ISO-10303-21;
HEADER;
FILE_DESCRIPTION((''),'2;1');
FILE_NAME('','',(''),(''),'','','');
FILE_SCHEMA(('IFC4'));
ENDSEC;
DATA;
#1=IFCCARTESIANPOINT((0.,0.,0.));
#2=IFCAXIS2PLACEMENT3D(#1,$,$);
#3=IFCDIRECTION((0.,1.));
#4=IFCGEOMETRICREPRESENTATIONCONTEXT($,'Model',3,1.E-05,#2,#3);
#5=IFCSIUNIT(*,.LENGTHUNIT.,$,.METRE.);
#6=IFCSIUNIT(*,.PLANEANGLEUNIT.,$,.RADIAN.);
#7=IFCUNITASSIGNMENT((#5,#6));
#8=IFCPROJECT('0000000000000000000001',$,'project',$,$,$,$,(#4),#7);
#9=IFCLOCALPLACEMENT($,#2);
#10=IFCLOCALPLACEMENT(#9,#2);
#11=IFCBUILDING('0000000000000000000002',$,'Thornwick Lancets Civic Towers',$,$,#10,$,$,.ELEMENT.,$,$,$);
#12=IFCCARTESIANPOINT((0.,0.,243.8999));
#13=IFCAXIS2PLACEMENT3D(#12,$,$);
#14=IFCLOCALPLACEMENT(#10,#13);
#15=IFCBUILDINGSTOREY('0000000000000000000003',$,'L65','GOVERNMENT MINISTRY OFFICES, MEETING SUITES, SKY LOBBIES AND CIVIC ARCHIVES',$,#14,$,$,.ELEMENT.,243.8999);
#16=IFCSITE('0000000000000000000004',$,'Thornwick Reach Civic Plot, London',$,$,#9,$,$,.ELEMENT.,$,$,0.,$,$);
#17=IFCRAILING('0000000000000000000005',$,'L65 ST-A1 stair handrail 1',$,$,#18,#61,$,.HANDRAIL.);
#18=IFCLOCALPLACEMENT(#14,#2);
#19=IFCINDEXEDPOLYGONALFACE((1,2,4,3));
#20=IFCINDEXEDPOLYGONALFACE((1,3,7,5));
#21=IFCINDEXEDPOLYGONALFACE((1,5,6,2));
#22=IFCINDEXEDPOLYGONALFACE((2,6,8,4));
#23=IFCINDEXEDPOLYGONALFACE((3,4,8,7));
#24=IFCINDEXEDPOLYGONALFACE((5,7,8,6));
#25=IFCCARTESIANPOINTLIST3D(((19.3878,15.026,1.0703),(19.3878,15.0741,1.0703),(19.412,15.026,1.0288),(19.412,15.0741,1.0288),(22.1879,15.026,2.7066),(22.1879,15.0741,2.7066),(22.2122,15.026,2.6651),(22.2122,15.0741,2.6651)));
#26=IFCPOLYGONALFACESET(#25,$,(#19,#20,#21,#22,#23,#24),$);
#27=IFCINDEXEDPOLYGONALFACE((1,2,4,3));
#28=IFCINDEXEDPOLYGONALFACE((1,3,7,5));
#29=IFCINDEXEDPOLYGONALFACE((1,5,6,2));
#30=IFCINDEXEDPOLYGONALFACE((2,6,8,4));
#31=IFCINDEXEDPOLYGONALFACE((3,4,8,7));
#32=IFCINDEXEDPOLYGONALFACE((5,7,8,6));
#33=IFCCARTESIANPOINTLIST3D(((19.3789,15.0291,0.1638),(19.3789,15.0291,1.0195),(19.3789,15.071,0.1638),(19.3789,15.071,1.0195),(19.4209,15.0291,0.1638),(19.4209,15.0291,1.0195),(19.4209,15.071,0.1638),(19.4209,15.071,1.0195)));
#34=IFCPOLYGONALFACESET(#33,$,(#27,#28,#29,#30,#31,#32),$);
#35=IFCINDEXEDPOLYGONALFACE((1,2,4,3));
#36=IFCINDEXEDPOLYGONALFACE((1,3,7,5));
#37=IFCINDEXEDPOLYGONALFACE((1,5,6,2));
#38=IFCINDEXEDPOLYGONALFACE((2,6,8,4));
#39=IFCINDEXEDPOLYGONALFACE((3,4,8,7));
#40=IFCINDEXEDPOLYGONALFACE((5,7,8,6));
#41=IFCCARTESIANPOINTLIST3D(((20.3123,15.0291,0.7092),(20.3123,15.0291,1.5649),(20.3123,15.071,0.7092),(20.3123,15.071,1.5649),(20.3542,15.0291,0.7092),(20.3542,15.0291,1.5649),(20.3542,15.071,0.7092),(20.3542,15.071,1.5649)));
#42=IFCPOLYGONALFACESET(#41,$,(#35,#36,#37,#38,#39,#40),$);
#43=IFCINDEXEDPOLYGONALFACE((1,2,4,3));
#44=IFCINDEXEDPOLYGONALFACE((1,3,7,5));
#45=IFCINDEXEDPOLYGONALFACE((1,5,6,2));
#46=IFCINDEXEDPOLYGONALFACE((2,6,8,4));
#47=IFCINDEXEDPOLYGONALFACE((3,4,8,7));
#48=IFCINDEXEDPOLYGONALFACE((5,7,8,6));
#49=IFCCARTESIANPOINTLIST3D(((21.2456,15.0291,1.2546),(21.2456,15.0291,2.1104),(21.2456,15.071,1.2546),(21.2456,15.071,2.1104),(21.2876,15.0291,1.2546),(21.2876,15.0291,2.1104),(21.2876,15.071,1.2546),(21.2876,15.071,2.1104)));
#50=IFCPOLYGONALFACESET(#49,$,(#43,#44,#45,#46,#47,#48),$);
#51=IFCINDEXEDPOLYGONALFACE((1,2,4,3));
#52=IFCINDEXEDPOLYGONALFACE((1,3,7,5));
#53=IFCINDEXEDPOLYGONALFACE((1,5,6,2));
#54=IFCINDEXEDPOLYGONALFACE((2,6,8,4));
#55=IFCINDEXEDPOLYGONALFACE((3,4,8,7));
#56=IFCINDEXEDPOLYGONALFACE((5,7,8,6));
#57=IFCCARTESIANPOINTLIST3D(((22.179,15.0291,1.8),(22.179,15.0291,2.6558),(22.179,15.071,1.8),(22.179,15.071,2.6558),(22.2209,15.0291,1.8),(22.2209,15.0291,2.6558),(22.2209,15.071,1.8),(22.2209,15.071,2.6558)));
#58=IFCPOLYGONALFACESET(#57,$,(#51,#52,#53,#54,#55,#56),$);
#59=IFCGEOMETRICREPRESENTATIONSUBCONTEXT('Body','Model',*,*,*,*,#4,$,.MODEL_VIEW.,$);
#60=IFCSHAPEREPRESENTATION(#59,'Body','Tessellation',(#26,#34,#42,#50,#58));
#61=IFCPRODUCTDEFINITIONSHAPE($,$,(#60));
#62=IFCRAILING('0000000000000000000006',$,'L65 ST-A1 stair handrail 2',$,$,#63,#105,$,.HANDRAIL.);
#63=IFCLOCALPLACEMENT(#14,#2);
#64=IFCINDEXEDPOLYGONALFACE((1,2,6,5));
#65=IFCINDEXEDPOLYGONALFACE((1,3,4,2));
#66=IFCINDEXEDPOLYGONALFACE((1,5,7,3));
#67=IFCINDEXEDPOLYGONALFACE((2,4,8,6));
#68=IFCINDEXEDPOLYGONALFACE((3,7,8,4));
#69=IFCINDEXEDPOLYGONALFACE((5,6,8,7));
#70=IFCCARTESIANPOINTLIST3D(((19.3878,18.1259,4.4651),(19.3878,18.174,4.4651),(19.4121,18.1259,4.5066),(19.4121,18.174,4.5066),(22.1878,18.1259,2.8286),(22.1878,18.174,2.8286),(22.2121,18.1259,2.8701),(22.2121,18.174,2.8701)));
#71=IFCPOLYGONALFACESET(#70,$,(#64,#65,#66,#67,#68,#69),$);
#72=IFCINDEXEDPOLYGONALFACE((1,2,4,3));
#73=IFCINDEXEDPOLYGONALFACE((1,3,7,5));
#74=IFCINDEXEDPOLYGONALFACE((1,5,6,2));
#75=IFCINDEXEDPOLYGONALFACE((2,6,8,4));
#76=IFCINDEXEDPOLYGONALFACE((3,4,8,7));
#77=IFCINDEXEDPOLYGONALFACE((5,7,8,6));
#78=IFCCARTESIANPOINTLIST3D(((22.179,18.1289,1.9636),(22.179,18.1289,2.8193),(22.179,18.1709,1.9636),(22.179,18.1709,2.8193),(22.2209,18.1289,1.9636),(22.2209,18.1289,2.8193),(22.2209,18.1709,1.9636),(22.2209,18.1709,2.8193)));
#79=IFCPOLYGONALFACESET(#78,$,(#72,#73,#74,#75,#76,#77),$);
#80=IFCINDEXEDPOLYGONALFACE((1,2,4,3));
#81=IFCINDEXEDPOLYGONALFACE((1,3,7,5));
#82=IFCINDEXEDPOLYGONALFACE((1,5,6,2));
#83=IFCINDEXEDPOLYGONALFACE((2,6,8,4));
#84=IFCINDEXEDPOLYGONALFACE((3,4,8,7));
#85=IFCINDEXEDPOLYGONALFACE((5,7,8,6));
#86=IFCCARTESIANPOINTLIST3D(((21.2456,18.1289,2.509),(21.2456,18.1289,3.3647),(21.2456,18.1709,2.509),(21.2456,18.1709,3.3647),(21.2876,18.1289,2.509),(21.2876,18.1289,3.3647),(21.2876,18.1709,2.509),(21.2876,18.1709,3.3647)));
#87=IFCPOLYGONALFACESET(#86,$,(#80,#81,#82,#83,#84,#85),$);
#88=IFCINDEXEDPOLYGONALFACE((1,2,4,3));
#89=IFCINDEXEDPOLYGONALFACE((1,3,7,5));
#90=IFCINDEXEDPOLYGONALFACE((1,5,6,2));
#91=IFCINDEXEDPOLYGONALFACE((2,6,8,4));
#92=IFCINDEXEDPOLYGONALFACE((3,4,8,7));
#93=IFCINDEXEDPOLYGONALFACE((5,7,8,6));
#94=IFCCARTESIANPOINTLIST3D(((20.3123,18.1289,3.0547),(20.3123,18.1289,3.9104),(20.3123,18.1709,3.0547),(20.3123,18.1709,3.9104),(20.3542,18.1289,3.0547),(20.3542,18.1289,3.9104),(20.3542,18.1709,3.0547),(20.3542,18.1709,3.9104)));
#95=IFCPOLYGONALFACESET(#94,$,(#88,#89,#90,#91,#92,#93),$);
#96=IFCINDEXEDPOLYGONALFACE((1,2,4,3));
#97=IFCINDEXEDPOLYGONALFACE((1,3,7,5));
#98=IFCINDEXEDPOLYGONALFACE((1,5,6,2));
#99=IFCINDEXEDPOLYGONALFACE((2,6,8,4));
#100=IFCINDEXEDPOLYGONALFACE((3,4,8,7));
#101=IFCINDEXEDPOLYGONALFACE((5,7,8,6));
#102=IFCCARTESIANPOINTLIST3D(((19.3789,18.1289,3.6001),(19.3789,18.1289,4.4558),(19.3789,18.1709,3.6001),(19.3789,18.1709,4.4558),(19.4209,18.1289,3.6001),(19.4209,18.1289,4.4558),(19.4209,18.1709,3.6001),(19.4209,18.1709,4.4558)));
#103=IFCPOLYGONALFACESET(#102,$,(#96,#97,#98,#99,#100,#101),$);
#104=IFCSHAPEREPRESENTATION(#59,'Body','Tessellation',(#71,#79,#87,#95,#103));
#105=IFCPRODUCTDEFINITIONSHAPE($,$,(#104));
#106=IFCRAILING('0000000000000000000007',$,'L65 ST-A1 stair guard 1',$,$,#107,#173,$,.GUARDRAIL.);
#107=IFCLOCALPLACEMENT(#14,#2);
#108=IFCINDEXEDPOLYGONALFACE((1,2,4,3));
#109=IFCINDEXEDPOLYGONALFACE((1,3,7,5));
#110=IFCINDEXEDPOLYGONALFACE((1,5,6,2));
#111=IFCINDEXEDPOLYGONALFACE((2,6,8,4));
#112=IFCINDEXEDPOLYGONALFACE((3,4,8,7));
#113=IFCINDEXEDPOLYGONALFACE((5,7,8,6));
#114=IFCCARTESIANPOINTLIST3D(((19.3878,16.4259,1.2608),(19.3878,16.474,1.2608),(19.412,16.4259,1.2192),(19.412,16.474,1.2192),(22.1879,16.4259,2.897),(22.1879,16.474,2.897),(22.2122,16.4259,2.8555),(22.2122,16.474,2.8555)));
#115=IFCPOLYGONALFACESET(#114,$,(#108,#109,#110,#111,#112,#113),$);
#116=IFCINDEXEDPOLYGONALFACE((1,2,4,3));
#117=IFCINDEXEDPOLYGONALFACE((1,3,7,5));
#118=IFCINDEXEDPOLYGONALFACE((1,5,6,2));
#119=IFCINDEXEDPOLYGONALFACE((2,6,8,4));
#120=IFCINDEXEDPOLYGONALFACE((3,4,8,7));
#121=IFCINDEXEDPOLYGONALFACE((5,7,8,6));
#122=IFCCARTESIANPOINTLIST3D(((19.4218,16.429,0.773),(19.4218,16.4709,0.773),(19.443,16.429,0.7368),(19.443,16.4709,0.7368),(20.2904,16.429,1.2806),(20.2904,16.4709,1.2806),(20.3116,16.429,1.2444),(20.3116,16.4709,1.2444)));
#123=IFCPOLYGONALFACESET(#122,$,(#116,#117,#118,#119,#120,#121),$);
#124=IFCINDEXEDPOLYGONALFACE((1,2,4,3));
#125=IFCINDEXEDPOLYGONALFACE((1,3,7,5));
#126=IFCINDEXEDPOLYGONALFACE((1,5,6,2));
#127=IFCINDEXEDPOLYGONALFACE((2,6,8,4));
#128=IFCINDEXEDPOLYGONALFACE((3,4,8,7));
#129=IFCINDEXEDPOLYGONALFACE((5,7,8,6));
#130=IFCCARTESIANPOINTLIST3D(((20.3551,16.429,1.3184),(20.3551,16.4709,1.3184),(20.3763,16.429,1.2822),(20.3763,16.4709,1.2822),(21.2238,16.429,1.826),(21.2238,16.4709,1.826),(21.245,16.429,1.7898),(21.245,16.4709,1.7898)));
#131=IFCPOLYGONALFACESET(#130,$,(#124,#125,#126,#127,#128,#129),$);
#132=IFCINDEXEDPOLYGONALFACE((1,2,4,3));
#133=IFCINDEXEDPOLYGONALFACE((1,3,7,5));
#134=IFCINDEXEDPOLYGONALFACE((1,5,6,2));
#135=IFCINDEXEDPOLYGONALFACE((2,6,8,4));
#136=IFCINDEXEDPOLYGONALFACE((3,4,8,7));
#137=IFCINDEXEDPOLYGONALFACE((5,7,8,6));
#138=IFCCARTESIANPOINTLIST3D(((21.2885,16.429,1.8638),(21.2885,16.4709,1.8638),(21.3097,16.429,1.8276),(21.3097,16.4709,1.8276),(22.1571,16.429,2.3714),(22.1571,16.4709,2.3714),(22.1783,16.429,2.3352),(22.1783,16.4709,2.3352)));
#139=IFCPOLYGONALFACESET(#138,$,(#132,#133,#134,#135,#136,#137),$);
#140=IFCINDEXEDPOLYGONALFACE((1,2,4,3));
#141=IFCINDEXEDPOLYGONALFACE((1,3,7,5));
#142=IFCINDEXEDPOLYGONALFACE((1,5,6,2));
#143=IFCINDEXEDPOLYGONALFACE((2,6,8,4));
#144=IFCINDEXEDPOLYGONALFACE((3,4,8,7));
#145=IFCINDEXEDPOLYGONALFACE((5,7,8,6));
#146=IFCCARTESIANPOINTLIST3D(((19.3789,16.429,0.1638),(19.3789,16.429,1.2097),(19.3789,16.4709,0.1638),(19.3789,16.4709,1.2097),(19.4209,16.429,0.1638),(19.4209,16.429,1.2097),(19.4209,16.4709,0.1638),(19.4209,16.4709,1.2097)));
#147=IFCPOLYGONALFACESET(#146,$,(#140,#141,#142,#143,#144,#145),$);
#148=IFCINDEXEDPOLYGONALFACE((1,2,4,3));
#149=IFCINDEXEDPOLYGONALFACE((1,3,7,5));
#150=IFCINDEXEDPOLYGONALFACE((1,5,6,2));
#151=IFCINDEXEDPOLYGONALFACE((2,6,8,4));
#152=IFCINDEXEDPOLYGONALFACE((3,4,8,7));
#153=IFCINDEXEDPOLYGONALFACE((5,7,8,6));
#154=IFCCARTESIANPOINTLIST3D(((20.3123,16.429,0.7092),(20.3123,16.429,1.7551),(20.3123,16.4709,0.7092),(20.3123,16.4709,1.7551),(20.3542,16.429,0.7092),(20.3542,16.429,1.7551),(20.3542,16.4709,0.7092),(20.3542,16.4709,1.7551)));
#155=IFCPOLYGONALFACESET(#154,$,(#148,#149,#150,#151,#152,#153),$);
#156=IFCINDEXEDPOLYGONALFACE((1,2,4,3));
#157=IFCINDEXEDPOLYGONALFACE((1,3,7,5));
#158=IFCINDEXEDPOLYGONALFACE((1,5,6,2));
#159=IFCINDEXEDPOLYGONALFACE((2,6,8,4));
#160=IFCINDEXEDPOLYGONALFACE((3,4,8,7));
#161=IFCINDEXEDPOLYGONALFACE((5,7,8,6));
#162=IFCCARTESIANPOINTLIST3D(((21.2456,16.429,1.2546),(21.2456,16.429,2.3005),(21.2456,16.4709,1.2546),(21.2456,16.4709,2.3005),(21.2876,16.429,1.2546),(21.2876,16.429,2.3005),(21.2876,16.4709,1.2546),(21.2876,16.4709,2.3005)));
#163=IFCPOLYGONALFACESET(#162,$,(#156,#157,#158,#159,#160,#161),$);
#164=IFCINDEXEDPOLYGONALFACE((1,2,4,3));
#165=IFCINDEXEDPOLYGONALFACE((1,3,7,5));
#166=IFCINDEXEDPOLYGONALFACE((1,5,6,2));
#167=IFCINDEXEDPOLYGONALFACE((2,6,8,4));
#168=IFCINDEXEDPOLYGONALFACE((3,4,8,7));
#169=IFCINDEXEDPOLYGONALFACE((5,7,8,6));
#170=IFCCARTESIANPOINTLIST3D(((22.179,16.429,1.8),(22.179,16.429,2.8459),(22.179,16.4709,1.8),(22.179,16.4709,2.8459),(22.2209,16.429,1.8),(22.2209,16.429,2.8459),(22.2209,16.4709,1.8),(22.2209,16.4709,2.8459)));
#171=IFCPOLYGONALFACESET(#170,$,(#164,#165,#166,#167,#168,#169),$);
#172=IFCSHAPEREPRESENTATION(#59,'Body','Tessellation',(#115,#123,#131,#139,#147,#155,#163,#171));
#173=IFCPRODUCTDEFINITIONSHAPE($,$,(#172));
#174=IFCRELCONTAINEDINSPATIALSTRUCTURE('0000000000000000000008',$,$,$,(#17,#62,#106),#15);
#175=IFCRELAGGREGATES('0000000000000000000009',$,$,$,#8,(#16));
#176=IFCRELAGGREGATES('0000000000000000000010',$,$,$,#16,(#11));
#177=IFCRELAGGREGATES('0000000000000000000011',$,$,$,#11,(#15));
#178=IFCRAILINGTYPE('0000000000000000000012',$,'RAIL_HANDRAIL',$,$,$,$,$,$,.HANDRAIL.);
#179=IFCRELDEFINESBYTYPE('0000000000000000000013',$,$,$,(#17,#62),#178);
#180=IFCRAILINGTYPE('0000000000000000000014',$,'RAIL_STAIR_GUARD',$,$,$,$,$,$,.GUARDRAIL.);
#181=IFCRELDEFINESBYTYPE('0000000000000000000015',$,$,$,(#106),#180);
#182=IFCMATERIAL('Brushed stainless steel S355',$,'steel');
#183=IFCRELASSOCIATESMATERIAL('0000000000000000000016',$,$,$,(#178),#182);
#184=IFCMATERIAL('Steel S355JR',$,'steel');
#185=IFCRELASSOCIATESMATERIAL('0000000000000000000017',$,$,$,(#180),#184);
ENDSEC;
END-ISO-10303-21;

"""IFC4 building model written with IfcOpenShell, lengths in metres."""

from ifc_helpers import new_model, si_unit, direction, frame, origin, origin_2d, place, context, subcontext, project, spatial, rectangle, extrude, material, type_object, element, save


model = new_model("IFC4")

# Units and contexts
model_context = context("Model", 3, precision=1e-05, world=origin(), true_north=direction((0.0, 1.0)))
body_context = subcontext(model_context, "Body", "Model", "MODEL_VIEW")
ifc_project = project(units=[si_unit("LENGTHUNIT", "METRE"), si_unit("PLANEANGLEUNIT", "RADIAN")], contexts=[model_context])

# Site, building, storey
site_placement = place(None, origin())
site = spatial("IfcSite", under=ifc_project, at=site_placement, Name="Thornwick Reach Civic Plot, London", CompositionType="ELEMENT", RefElevation=0.0)
building_placement = place(site_placement, origin())
building = spatial("IfcBuilding", under=site, at=building_placement, Name="Thornwick Lancets Civic Towers", CompositionType="ELEMENT")
storey_placement = place(building_placement, frame((0.0, 0.0, 243.8999)))
storey = spatial("IfcBuildingStorey", under=building, at=storey_placement, Name="L65", Description="GOVERNMENT MINISTRY OFFICES, MEETING SUITES, SKY LOBBIES AND CIVIC ARCHIVES", CompositionType="ELEMENT", Elevation=243.8999)

# Railings
ifc_material_1 = material(Name="Brushed stainless steel S355", Category="steel")
railing_type_1 = type_object("IfcRailingType", Name="RAIL_HANDRAIL", PredefinedType="HANDRAIL", material=ifc_material_1)
railing_1_placement = place(storey_placement, frame((19.3999, 15.05, 0.1638)))
element("IfcRailing", 1, at=railing_1_placement, inside=storey, type_object=railing_type_1, Name="L65 ST-A1 stair handrail 1", PredefinedType="HANDRAIL", context=body_context, shape_type="SweptSolid", body=[
    extrude(rectangle(XDim=0.0481, YDim=0.0481, at=origin_2d()), frame((0.0, 0.0, 0.8857), z_axis=(0.863394, 0.0, 0.504531), x_axis=(0.0, 1.0, 0.0)), (0.0, 0.0, 1.0), 3.2432),
    extrude(rectangle(XDim=0.042, YDim=0.042, at=origin_2d()), origin(), (0.0, 0.0, 1.0), 0.8557),
    extrude(rectangle(XDim=0.042, YDim=0.042, at=origin_2d()), frame((0.9333, 0.0, 0.5454)), (0.0, 0.0, 1.0), 0.8557),
    extrude(rectangle(XDim=0.042, YDim=0.042, at=origin_2d()), frame((1.8667, 0.0, 1.0908)), (0.0, 0.0, 1.0), 0.8557),
    extrude(rectangle(XDim=0.042, YDim=0.042, at=origin_2d()), frame((2.8, 0.0, 1.6362)), (0.0, 0.0, 1.0), 0.8557),
])
railing_2_placement = place(storey_placement, frame((22.2, 18.1499, 1.9636)))
element("IfcRailing", 2, at=railing_2_placement, inside=storey, type_object=railing_type_1, Name="L65 ST-A1 stair handrail 2", PredefinedType="HANDRAIL", context=body_context, shape_type="SweptSolid", body=[
    extrude(rectangle(XDim=0.0481, YDim=0.0481, at=origin_2d()), frame((0.0, 0.0, 0.8857), z_axis=(-0.863361, 0.0, 0.504587), x_axis=(0.0, -1.0, 0.0)), (0.0, 0.0, 1.0), 3.2432),
    extrude(rectangle(XDim=0.042, YDim=0.042, at=origin_2d()), origin(), (0.0, 0.0, 1.0), 0.8557),
    extrude(rectangle(XDim=0.042, YDim=0.042, at=origin_2d()), frame((-0.9333, 0.0, 0.5454)), (0.0, 0.0, 1.0), 0.8557),
    extrude(rectangle(XDim=0.042, YDim=0.042, at=origin_2d()), frame((-1.8667, 0.0, 1.0911)), (0.0, 0.0, 1.0), 0.8557),
    extrude(rectangle(XDim=0.042, YDim=0.042, at=origin_2d()), frame((-2.8, 0.0, 1.6365)), (0.0, 0.0, 1.0), 0.8557),
])
ifc_material_2 = material(Name="Steel S355JR", Category="steel")
railing_type_2 = type_object("IfcRailingType", Name="RAIL_STAIR_GUARD", PredefinedType="GUARDRAIL", material=ifc_material_2)
railing_3_placement = place(storey_placement, frame((19.3999, 16.45, 0.1638)))
element("IfcRailing", 3, at=railing_3_placement, inside=storey, type_object=railing_type_2, Name="L65 ST-A1 stair guard 1", PredefinedType="GUARDRAIL", context=body_context, shape_type="SweptSolid", body=[
    extrude(rectangle(XDim=0.0481, YDim=0.0481, at=origin_2d()), frame((0.0, 0.0, 1.0762), z_axis=(0.863394, 0.0, 0.504531), x_axis=(0.0, 1.0, 0.0)), (0.0, 0.0, 1.0), 3.2432),
    extrude(rectangle(XDim=0.042, YDim=0.042, at=origin_2d()), frame((0.0325, 0.0, 0.5911), z_axis=(0.863394, 0.0, 0.504531), x_axis=(0.0, 1.0, 0.0)), (0.0, 0.0, 1.0), 1.0061),
    extrude(rectangle(XDim=0.042, YDim=0.042, at=origin_2d()), frame((0.9658, 0.0, 1.1365), z_axis=(0.863394, 0.0, 0.504531), x_axis=(0.0, 1.0, 0.0)), (0.0, 0.0, 1.0), 1.0061),
    extrude(rectangle(XDim=0.042, YDim=0.042, at=origin_2d()), frame((1.8992, 0.0, 1.6819), z_axis=(0.863394, 0.0, 0.504531), x_axis=(0.0, 1.0, 0.0)), (0.0, 0.0, 1.0), 1.0061),
    extrude(rectangle(XDim=0.042, YDim=0.042, at=origin_2d()), origin(), (0.0, 0.0, 1.0), 1.0459),
    extrude(rectangle(XDim=0.042, YDim=0.042, at=origin_2d()), frame((0.9333, 0.0, 0.5454)), (0.0, 0.0, 1.0), 1.0459),
    extrude(rectangle(XDim=0.042, YDim=0.042, at=origin_2d()), frame((1.8667, 0.0, 1.0908)), (0.0, 0.0, 1.0), 1.0459),
    extrude(rectangle(XDim=0.042, YDim=0.042, at=origin_2d()), frame((2.8, 0.0, 1.6362)), (0.0, 0.0, 1.0), 1.0459),
])

save(model, "model.ifc")
